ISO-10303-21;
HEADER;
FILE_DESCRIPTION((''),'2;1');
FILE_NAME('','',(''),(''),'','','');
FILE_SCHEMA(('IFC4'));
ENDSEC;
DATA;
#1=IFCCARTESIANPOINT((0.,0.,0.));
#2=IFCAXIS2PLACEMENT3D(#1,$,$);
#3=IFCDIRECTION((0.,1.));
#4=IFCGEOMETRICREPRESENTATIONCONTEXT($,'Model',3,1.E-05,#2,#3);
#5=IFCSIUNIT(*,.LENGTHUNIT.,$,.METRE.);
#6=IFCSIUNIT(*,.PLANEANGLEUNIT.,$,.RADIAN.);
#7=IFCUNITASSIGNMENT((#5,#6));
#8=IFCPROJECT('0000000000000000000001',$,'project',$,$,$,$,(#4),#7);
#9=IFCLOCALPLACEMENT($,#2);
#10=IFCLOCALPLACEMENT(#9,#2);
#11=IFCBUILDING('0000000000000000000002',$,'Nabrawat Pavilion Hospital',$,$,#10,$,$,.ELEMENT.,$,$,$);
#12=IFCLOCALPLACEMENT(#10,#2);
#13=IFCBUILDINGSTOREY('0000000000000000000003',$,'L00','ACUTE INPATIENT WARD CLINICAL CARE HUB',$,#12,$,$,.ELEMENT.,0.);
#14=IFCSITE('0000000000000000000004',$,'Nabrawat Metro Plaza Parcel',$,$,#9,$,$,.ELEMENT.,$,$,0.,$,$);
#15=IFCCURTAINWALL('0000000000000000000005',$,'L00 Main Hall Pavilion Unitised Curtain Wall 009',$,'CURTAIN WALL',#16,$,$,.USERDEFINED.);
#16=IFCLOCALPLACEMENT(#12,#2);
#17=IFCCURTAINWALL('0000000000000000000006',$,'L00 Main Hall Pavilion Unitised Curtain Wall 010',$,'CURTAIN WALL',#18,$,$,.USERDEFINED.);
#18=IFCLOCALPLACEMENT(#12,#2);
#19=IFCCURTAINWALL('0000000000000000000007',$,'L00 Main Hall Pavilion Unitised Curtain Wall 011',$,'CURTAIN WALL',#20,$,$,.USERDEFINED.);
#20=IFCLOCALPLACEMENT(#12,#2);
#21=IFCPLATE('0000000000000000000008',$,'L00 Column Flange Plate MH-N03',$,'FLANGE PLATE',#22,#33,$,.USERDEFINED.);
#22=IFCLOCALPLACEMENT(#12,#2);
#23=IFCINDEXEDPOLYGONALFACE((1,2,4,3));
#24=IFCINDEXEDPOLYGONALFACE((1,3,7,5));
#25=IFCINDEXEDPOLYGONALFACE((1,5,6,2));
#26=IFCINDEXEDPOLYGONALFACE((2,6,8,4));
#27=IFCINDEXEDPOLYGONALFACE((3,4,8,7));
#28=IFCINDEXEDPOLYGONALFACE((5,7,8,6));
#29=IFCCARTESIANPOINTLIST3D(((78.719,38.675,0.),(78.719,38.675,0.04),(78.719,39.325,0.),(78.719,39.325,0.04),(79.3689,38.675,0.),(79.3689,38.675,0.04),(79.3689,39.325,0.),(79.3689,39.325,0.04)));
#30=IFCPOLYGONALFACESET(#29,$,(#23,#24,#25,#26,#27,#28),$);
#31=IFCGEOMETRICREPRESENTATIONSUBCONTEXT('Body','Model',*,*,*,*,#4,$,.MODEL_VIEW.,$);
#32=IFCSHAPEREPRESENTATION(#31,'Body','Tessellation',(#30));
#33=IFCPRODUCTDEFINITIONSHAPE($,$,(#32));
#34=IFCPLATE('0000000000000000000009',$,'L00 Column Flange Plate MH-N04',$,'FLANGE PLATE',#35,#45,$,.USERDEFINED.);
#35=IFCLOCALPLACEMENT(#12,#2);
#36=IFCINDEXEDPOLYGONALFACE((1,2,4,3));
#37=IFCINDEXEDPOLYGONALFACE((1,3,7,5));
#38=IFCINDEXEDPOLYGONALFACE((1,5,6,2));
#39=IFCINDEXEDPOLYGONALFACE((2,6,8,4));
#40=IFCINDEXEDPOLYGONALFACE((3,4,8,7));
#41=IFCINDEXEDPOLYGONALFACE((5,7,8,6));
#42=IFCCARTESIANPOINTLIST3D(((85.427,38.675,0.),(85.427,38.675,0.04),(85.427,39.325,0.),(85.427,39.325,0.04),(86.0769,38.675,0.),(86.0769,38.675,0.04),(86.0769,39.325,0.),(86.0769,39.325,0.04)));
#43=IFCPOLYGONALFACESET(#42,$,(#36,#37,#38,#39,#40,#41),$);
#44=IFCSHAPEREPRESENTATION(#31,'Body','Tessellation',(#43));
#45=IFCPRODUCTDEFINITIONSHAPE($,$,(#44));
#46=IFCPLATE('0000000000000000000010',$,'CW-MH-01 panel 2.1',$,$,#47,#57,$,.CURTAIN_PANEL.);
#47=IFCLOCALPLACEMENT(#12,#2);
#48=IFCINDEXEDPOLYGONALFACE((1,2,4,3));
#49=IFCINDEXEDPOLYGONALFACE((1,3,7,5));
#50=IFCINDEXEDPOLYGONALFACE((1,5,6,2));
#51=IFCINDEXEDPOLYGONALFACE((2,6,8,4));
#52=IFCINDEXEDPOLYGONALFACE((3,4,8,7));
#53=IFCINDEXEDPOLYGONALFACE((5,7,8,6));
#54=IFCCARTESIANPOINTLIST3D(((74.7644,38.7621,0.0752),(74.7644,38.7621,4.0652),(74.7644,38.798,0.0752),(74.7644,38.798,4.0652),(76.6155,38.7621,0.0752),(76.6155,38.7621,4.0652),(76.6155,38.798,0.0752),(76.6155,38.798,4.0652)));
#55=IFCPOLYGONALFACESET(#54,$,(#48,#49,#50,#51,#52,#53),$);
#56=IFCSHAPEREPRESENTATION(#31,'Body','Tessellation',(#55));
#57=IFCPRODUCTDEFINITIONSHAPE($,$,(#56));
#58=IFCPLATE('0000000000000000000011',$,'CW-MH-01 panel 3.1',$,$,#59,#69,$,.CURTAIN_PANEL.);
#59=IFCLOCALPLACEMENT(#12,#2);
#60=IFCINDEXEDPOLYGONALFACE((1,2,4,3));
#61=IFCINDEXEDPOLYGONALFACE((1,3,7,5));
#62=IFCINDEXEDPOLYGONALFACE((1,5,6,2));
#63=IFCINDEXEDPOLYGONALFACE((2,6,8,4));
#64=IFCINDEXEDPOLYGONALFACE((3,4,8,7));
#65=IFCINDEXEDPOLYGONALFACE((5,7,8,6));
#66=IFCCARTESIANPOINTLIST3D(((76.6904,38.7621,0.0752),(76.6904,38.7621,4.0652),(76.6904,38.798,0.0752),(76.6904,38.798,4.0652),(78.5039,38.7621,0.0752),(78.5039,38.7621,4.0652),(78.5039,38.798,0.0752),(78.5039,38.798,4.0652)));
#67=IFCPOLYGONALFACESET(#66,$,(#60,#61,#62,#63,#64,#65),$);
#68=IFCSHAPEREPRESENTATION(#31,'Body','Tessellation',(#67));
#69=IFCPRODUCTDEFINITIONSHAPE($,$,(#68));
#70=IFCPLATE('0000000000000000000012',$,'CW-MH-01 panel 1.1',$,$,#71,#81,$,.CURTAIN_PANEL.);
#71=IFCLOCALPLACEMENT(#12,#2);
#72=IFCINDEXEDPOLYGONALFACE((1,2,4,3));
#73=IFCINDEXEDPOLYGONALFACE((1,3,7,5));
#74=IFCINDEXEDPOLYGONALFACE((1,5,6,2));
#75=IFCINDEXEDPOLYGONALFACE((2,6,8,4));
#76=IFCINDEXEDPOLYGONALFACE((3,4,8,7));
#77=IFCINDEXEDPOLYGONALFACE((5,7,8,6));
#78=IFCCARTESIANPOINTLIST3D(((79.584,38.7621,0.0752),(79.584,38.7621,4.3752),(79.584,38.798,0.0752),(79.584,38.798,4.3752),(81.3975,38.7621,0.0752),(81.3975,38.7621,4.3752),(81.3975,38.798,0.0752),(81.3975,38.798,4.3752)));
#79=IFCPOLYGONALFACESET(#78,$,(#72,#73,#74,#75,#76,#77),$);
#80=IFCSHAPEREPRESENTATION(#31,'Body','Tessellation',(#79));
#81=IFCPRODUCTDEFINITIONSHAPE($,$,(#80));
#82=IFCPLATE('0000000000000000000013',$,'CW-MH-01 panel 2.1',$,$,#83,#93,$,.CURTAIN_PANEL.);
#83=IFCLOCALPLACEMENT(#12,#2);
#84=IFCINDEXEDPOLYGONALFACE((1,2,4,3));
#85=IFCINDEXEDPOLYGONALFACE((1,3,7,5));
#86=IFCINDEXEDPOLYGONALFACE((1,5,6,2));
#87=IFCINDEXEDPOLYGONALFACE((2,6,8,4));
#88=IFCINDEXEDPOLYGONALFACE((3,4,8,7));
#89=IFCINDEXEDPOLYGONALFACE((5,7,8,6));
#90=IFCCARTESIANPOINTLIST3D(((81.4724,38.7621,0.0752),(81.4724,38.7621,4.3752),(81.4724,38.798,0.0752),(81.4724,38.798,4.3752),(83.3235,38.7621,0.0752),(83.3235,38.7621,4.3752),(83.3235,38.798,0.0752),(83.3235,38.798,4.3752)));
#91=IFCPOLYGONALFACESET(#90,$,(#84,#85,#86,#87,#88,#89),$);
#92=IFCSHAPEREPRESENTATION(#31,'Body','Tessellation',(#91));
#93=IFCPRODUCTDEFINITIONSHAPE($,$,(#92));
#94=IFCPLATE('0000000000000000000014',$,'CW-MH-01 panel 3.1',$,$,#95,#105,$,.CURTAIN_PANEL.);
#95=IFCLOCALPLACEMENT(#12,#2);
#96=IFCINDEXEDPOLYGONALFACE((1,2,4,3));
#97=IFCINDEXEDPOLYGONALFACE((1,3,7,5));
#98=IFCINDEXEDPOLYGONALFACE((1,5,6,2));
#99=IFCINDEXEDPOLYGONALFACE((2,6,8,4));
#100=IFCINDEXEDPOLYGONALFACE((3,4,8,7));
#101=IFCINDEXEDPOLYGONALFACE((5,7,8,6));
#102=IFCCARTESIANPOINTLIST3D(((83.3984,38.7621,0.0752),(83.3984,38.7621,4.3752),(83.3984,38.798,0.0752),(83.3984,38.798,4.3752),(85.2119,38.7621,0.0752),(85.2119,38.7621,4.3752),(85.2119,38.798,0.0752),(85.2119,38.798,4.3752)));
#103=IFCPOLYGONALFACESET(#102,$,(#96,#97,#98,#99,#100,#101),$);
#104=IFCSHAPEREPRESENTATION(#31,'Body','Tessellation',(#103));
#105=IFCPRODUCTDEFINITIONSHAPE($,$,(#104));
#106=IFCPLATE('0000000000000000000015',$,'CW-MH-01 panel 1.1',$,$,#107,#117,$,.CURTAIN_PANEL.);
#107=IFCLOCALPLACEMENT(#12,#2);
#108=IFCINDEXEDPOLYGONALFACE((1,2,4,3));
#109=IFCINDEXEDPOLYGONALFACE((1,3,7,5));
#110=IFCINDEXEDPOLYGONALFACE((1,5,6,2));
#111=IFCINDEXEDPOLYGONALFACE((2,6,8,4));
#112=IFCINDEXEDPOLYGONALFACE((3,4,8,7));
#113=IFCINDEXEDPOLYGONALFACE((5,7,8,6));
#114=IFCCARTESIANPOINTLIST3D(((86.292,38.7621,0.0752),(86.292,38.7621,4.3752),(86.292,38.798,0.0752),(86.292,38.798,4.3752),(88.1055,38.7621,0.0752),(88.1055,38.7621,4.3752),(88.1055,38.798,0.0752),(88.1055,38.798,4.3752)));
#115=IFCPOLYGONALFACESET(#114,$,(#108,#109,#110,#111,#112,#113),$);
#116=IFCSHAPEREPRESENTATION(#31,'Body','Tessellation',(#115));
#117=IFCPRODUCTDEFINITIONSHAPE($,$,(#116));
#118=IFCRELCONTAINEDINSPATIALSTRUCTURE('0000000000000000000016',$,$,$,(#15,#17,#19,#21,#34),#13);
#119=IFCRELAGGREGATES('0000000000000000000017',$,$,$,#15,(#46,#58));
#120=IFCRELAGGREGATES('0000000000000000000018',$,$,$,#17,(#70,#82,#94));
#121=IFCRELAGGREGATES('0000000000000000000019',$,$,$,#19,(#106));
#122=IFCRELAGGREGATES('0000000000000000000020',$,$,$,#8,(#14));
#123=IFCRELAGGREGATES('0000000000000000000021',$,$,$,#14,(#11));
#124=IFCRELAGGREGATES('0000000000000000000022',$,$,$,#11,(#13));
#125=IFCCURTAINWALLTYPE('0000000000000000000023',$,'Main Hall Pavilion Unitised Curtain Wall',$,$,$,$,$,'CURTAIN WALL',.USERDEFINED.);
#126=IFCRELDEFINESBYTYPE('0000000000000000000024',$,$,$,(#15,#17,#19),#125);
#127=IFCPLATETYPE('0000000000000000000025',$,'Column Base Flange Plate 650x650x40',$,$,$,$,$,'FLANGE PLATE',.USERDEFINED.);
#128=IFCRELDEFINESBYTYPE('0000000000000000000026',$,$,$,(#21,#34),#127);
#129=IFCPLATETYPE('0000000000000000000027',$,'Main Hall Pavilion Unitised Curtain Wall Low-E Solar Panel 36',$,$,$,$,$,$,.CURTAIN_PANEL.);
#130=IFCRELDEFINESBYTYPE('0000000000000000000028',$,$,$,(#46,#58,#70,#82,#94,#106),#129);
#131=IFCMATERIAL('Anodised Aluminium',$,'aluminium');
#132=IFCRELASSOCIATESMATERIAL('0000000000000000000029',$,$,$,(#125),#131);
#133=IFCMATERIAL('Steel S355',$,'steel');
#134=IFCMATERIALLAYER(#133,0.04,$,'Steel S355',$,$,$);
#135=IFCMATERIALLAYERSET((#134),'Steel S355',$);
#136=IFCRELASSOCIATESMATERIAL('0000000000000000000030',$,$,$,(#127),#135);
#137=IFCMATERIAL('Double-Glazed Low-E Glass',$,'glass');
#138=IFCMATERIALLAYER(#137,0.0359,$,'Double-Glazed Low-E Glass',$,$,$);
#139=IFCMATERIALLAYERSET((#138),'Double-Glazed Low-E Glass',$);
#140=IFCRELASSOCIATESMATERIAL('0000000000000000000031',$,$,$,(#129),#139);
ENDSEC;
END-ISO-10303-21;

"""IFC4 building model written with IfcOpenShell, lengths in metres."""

from ifc_helpers import new_model, si_unit, direction, frame, origin, origin_2d, place, context, subcontext, project, spatial, rectangle, extrude, material, layer, layer_set, type_object, element, aggregate, save


model = new_model("IFC4")

# Units and contexts
model_context = context("Model", 3, precision=1e-05, world=origin(), true_north=direction((0.0, 1.0)))
body_context = subcontext(model_context, "Body", "Model", "MODEL_VIEW")
ifc_project = project(units=[si_unit("LENGTHUNIT", "METRE"), si_unit("PLANEANGLEUNIT", "RADIAN")], contexts=[model_context])

# Site, building, storey
site_placement = place(None, origin())
site = spatial("IfcSite", under=ifc_project, at=site_placement, Name="Nabrawat Metro Plaza Parcel", CompositionType="ELEMENT", RefElevation=0.0)
building_placement = place(site_placement, origin())
building = spatial("IfcBuilding", under=site, at=building_placement, Name="Nabrawat Pavilion Hospital", CompositionType="ELEMENT")
storey_placement = place(building_placement, origin())
storey = spatial("IfcBuildingStorey", under=building, at=storey_placement, Name="L00", Description="ACUTE INPATIENT WARD CLINICAL CARE HUB", CompositionType="ELEMENT", Elevation=0.0)

# Curtain walls
ifc_material_1 = material(Name="Anodised Aluminium", Category="aluminium")
curtain_wall_type = type_object("IfcCurtainWallType", Name="Main Hall Pavilion Unitised Curtain Wall", ElementType="CURTAIN WALL", PredefinedType="USERDEFINED", material=ifc_material_1)
curtain_wall_1_placement = place(storey_placement, origin())
curtain_wall_1 = element("IfcCurtainWall", 1, at=curtain_wall_1_placement, inside=storey, type_object=curtain_wall_type, Name="L00 Main Hall Pavilion Unitised Curtain Wall 009", ObjectType="CURTAIN WALL", PredefinedType="USERDEFINED")
curtain_wall_2_placement = place(storey_placement, origin())
curtain_wall_2 = element("IfcCurtainWall", 2, at=curtain_wall_2_placement, inside=storey, type_object=curtain_wall_type, Name="L00 Main Hall Pavilion Unitised Curtain Wall 010", ObjectType="CURTAIN WALL", PredefinedType="USERDEFINED")

# Curtain wall
curtain_wall_3_placement = place(storey_placement, origin())
curtain_wall_3 = element("IfcCurtainWall", 3, at=curtain_wall_3_placement, inside=storey, type_object=curtain_wall_type, Name="L00 Main Hall Pavilion Unitised Curtain Wall 011", ObjectType="CURTAIN WALL", PredefinedType="USERDEFINED")

# Shared definitions
ifc_material_2 = material(Name="Steel S355", Category="steel")

# Plates
ifc_layer_1 = layer(ifc_material_2, 0.04, Name="Steel S355")
ifc_layer_set_1 = layer_set([ifc_layer_1], Name="Steel S355")
plate_type_1 = type_object("IfcPlateType", Name="Column Base Flange Plate 650x650x40", ElementType="FLANGE PLATE", PredefinedType="USERDEFINED", material=ifc_layer_set_1)
for number, where, z_axis, x_axis, name in (
    (4, (79.0439, 39.0, 0.0), (0.0, 0.0, 1.0), (1.0, 0.0, 0.0), "L00 Column Flange Plate MH-N03"),
    (5, (85.752, 39.0, 0.0), (0.0, 0.0, 1.0), (1.0, 0.0, 0.0), "L00 Column Flange Plate MH-N04"),
):
    element("IfcPlate", number, at=place(storey_placement, frame(where, z_axis=z_axis, x_axis=x_axis)), inside=storey, type_object=plate_type_1, Name=name, ObjectType="FLANGE PLATE", PredefinedType="USERDEFINED", context=body_context, shape_type="SweptSolid", body=[
        extrude(rectangle(XDim=0.6499, YDim=0.6499, at=origin_2d()), origin(), (0.0, 0.0, 1.0), 0.04),
    ])

# Plates
ifc_material_3 = material(Name="Double-Glazed Low-E Glass", Category="glass")
ifc_layer_2 = layer(ifc_material_3, 0.0359, Name="Double-Glazed Low-E Glass")
ifc_layer_set_2 = layer_set([ifc_layer_2], Name="Double-Glazed Low-E Glass")
plate_type_2 = type_object("IfcPlateType", Name="Main Hall Pavilion Unitised Curtain Wall Low-E Solar Panel 36", PredefinedType="CURTAIN_PANEL", material=ifc_layer_set_2)
plate_1_placement = place(storey_placement, frame((75.6899, 38.78, 0.0752), z_axis=(0.0, 0.0, 1.0), x_axis=(1.0, 0.0, 0.0)))
plate_1 = element("IfcPlate", 6, at=plate_1_placement, type_object=plate_type_2, Name="CW-MH-01 panel 2.1", PredefinedType="CURTAIN_PANEL", context=body_context, shape_type="SweptSolid", body=[
    extrude(rectangle(XDim=1.8511, YDim=0.0359, at=origin_2d()), origin(), (0.0, 0.0, 1.0), 3.99),
])
plate_2_placement = place(storey_placement, frame((77.5972, 38.78, 0.0752), z_axis=(0.0, 0.0, 1.0), x_axis=(1.0, 0.0, 0.0)))
plate_2 = element("IfcPlate", 7, at=plate_2_placement, type_object=plate_type_2, Name="CW-MH-01 panel 3.1", PredefinedType="CURTAIN_PANEL", context=body_context, shape_type="SweptSolid", body=[
    extrude(rectangle(XDim=1.8135, YDim=0.0359, at=origin_2d()), origin(), (0.0, 0.0, 1.0), 3.99),
])
aggregate(curtain_wall_1, [plate_1, plate_2])
plate_3_placement = place(storey_placement, frame((80.4907, 38.78, 0.0752), z_axis=(0.0, 0.0, 1.0), x_axis=(1.0, 0.0, 0.0)))
plate_3 = element("IfcPlate", 8, at=plate_3_placement, type_object=plate_type_2, Name="CW-MH-01 panel 1.1", PredefinedType="CURTAIN_PANEL", context=body_context, shape_type="SweptSolid", body=[
    extrude(rectangle(XDim=1.8135, YDim=0.0359, at=origin_2d()), origin(), (0.0, 0.0, 1.0), 4.3),
])
plate_4_placement = place(storey_placement, frame((82.3979, 38.78, 0.0752), z_axis=(0.0, 0.0, 1.0), x_axis=(1.0, 0.0, 0.0)))
plate_4 = element("IfcPlate", 9, at=plate_4_placement, type_object=plate_type_2, Name="CW-MH-01 panel 2.1", PredefinedType="CURTAIN_PANEL", context=body_context, shape_type="SweptSolid", body=[
    extrude(rectangle(XDim=1.8511, YDim=0.0359, at=origin_2d()), origin(), (0.0, 0.0, 1.0), 4.3),
])
plate_5_placement = place(storey_placement, frame((84.3052, 38.78, 0.0752), z_axis=(0.0, 0.0, 1.0), x_axis=(1.0, 0.0, 0.0)))
plate_5 = element("IfcPlate", 10, at=plate_5_placement, type_object=plate_type_2, Name="CW-MH-01 panel 3.1", PredefinedType="CURTAIN_PANEL", context=body_context, shape_type="SweptSolid", body=[
    extrude(rectangle(XDim=1.8135, YDim=0.0359, at=origin_2d()), origin(), (0.0, 0.0, 1.0), 4.3),
])
aggregate(curtain_wall_2, [plate_3, plate_4, plate_5])
plate_6_placement = place(storey_placement, frame((87.1987, 38.78, 0.0752), z_axis=(0.0, 0.0, 1.0), x_axis=(1.0, 0.0, 0.0)))
plate_6 = element("IfcPlate", 11, at=plate_6_placement, type_object=plate_type_2, Name="CW-MH-01 panel 1.1", PredefinedType="CURTAIN_PANEL", context=body_context, shape_type="SweptSolid", body=[
    extrude(rectangle(XDim=1.8135, YDim=0.0359, at=origin_2d()), origin(), (0.0, 0.0, 1.0), 4.3),
])
aggregate(curtain_wall_3, [plate_6])

save(model, "model.ifc")
